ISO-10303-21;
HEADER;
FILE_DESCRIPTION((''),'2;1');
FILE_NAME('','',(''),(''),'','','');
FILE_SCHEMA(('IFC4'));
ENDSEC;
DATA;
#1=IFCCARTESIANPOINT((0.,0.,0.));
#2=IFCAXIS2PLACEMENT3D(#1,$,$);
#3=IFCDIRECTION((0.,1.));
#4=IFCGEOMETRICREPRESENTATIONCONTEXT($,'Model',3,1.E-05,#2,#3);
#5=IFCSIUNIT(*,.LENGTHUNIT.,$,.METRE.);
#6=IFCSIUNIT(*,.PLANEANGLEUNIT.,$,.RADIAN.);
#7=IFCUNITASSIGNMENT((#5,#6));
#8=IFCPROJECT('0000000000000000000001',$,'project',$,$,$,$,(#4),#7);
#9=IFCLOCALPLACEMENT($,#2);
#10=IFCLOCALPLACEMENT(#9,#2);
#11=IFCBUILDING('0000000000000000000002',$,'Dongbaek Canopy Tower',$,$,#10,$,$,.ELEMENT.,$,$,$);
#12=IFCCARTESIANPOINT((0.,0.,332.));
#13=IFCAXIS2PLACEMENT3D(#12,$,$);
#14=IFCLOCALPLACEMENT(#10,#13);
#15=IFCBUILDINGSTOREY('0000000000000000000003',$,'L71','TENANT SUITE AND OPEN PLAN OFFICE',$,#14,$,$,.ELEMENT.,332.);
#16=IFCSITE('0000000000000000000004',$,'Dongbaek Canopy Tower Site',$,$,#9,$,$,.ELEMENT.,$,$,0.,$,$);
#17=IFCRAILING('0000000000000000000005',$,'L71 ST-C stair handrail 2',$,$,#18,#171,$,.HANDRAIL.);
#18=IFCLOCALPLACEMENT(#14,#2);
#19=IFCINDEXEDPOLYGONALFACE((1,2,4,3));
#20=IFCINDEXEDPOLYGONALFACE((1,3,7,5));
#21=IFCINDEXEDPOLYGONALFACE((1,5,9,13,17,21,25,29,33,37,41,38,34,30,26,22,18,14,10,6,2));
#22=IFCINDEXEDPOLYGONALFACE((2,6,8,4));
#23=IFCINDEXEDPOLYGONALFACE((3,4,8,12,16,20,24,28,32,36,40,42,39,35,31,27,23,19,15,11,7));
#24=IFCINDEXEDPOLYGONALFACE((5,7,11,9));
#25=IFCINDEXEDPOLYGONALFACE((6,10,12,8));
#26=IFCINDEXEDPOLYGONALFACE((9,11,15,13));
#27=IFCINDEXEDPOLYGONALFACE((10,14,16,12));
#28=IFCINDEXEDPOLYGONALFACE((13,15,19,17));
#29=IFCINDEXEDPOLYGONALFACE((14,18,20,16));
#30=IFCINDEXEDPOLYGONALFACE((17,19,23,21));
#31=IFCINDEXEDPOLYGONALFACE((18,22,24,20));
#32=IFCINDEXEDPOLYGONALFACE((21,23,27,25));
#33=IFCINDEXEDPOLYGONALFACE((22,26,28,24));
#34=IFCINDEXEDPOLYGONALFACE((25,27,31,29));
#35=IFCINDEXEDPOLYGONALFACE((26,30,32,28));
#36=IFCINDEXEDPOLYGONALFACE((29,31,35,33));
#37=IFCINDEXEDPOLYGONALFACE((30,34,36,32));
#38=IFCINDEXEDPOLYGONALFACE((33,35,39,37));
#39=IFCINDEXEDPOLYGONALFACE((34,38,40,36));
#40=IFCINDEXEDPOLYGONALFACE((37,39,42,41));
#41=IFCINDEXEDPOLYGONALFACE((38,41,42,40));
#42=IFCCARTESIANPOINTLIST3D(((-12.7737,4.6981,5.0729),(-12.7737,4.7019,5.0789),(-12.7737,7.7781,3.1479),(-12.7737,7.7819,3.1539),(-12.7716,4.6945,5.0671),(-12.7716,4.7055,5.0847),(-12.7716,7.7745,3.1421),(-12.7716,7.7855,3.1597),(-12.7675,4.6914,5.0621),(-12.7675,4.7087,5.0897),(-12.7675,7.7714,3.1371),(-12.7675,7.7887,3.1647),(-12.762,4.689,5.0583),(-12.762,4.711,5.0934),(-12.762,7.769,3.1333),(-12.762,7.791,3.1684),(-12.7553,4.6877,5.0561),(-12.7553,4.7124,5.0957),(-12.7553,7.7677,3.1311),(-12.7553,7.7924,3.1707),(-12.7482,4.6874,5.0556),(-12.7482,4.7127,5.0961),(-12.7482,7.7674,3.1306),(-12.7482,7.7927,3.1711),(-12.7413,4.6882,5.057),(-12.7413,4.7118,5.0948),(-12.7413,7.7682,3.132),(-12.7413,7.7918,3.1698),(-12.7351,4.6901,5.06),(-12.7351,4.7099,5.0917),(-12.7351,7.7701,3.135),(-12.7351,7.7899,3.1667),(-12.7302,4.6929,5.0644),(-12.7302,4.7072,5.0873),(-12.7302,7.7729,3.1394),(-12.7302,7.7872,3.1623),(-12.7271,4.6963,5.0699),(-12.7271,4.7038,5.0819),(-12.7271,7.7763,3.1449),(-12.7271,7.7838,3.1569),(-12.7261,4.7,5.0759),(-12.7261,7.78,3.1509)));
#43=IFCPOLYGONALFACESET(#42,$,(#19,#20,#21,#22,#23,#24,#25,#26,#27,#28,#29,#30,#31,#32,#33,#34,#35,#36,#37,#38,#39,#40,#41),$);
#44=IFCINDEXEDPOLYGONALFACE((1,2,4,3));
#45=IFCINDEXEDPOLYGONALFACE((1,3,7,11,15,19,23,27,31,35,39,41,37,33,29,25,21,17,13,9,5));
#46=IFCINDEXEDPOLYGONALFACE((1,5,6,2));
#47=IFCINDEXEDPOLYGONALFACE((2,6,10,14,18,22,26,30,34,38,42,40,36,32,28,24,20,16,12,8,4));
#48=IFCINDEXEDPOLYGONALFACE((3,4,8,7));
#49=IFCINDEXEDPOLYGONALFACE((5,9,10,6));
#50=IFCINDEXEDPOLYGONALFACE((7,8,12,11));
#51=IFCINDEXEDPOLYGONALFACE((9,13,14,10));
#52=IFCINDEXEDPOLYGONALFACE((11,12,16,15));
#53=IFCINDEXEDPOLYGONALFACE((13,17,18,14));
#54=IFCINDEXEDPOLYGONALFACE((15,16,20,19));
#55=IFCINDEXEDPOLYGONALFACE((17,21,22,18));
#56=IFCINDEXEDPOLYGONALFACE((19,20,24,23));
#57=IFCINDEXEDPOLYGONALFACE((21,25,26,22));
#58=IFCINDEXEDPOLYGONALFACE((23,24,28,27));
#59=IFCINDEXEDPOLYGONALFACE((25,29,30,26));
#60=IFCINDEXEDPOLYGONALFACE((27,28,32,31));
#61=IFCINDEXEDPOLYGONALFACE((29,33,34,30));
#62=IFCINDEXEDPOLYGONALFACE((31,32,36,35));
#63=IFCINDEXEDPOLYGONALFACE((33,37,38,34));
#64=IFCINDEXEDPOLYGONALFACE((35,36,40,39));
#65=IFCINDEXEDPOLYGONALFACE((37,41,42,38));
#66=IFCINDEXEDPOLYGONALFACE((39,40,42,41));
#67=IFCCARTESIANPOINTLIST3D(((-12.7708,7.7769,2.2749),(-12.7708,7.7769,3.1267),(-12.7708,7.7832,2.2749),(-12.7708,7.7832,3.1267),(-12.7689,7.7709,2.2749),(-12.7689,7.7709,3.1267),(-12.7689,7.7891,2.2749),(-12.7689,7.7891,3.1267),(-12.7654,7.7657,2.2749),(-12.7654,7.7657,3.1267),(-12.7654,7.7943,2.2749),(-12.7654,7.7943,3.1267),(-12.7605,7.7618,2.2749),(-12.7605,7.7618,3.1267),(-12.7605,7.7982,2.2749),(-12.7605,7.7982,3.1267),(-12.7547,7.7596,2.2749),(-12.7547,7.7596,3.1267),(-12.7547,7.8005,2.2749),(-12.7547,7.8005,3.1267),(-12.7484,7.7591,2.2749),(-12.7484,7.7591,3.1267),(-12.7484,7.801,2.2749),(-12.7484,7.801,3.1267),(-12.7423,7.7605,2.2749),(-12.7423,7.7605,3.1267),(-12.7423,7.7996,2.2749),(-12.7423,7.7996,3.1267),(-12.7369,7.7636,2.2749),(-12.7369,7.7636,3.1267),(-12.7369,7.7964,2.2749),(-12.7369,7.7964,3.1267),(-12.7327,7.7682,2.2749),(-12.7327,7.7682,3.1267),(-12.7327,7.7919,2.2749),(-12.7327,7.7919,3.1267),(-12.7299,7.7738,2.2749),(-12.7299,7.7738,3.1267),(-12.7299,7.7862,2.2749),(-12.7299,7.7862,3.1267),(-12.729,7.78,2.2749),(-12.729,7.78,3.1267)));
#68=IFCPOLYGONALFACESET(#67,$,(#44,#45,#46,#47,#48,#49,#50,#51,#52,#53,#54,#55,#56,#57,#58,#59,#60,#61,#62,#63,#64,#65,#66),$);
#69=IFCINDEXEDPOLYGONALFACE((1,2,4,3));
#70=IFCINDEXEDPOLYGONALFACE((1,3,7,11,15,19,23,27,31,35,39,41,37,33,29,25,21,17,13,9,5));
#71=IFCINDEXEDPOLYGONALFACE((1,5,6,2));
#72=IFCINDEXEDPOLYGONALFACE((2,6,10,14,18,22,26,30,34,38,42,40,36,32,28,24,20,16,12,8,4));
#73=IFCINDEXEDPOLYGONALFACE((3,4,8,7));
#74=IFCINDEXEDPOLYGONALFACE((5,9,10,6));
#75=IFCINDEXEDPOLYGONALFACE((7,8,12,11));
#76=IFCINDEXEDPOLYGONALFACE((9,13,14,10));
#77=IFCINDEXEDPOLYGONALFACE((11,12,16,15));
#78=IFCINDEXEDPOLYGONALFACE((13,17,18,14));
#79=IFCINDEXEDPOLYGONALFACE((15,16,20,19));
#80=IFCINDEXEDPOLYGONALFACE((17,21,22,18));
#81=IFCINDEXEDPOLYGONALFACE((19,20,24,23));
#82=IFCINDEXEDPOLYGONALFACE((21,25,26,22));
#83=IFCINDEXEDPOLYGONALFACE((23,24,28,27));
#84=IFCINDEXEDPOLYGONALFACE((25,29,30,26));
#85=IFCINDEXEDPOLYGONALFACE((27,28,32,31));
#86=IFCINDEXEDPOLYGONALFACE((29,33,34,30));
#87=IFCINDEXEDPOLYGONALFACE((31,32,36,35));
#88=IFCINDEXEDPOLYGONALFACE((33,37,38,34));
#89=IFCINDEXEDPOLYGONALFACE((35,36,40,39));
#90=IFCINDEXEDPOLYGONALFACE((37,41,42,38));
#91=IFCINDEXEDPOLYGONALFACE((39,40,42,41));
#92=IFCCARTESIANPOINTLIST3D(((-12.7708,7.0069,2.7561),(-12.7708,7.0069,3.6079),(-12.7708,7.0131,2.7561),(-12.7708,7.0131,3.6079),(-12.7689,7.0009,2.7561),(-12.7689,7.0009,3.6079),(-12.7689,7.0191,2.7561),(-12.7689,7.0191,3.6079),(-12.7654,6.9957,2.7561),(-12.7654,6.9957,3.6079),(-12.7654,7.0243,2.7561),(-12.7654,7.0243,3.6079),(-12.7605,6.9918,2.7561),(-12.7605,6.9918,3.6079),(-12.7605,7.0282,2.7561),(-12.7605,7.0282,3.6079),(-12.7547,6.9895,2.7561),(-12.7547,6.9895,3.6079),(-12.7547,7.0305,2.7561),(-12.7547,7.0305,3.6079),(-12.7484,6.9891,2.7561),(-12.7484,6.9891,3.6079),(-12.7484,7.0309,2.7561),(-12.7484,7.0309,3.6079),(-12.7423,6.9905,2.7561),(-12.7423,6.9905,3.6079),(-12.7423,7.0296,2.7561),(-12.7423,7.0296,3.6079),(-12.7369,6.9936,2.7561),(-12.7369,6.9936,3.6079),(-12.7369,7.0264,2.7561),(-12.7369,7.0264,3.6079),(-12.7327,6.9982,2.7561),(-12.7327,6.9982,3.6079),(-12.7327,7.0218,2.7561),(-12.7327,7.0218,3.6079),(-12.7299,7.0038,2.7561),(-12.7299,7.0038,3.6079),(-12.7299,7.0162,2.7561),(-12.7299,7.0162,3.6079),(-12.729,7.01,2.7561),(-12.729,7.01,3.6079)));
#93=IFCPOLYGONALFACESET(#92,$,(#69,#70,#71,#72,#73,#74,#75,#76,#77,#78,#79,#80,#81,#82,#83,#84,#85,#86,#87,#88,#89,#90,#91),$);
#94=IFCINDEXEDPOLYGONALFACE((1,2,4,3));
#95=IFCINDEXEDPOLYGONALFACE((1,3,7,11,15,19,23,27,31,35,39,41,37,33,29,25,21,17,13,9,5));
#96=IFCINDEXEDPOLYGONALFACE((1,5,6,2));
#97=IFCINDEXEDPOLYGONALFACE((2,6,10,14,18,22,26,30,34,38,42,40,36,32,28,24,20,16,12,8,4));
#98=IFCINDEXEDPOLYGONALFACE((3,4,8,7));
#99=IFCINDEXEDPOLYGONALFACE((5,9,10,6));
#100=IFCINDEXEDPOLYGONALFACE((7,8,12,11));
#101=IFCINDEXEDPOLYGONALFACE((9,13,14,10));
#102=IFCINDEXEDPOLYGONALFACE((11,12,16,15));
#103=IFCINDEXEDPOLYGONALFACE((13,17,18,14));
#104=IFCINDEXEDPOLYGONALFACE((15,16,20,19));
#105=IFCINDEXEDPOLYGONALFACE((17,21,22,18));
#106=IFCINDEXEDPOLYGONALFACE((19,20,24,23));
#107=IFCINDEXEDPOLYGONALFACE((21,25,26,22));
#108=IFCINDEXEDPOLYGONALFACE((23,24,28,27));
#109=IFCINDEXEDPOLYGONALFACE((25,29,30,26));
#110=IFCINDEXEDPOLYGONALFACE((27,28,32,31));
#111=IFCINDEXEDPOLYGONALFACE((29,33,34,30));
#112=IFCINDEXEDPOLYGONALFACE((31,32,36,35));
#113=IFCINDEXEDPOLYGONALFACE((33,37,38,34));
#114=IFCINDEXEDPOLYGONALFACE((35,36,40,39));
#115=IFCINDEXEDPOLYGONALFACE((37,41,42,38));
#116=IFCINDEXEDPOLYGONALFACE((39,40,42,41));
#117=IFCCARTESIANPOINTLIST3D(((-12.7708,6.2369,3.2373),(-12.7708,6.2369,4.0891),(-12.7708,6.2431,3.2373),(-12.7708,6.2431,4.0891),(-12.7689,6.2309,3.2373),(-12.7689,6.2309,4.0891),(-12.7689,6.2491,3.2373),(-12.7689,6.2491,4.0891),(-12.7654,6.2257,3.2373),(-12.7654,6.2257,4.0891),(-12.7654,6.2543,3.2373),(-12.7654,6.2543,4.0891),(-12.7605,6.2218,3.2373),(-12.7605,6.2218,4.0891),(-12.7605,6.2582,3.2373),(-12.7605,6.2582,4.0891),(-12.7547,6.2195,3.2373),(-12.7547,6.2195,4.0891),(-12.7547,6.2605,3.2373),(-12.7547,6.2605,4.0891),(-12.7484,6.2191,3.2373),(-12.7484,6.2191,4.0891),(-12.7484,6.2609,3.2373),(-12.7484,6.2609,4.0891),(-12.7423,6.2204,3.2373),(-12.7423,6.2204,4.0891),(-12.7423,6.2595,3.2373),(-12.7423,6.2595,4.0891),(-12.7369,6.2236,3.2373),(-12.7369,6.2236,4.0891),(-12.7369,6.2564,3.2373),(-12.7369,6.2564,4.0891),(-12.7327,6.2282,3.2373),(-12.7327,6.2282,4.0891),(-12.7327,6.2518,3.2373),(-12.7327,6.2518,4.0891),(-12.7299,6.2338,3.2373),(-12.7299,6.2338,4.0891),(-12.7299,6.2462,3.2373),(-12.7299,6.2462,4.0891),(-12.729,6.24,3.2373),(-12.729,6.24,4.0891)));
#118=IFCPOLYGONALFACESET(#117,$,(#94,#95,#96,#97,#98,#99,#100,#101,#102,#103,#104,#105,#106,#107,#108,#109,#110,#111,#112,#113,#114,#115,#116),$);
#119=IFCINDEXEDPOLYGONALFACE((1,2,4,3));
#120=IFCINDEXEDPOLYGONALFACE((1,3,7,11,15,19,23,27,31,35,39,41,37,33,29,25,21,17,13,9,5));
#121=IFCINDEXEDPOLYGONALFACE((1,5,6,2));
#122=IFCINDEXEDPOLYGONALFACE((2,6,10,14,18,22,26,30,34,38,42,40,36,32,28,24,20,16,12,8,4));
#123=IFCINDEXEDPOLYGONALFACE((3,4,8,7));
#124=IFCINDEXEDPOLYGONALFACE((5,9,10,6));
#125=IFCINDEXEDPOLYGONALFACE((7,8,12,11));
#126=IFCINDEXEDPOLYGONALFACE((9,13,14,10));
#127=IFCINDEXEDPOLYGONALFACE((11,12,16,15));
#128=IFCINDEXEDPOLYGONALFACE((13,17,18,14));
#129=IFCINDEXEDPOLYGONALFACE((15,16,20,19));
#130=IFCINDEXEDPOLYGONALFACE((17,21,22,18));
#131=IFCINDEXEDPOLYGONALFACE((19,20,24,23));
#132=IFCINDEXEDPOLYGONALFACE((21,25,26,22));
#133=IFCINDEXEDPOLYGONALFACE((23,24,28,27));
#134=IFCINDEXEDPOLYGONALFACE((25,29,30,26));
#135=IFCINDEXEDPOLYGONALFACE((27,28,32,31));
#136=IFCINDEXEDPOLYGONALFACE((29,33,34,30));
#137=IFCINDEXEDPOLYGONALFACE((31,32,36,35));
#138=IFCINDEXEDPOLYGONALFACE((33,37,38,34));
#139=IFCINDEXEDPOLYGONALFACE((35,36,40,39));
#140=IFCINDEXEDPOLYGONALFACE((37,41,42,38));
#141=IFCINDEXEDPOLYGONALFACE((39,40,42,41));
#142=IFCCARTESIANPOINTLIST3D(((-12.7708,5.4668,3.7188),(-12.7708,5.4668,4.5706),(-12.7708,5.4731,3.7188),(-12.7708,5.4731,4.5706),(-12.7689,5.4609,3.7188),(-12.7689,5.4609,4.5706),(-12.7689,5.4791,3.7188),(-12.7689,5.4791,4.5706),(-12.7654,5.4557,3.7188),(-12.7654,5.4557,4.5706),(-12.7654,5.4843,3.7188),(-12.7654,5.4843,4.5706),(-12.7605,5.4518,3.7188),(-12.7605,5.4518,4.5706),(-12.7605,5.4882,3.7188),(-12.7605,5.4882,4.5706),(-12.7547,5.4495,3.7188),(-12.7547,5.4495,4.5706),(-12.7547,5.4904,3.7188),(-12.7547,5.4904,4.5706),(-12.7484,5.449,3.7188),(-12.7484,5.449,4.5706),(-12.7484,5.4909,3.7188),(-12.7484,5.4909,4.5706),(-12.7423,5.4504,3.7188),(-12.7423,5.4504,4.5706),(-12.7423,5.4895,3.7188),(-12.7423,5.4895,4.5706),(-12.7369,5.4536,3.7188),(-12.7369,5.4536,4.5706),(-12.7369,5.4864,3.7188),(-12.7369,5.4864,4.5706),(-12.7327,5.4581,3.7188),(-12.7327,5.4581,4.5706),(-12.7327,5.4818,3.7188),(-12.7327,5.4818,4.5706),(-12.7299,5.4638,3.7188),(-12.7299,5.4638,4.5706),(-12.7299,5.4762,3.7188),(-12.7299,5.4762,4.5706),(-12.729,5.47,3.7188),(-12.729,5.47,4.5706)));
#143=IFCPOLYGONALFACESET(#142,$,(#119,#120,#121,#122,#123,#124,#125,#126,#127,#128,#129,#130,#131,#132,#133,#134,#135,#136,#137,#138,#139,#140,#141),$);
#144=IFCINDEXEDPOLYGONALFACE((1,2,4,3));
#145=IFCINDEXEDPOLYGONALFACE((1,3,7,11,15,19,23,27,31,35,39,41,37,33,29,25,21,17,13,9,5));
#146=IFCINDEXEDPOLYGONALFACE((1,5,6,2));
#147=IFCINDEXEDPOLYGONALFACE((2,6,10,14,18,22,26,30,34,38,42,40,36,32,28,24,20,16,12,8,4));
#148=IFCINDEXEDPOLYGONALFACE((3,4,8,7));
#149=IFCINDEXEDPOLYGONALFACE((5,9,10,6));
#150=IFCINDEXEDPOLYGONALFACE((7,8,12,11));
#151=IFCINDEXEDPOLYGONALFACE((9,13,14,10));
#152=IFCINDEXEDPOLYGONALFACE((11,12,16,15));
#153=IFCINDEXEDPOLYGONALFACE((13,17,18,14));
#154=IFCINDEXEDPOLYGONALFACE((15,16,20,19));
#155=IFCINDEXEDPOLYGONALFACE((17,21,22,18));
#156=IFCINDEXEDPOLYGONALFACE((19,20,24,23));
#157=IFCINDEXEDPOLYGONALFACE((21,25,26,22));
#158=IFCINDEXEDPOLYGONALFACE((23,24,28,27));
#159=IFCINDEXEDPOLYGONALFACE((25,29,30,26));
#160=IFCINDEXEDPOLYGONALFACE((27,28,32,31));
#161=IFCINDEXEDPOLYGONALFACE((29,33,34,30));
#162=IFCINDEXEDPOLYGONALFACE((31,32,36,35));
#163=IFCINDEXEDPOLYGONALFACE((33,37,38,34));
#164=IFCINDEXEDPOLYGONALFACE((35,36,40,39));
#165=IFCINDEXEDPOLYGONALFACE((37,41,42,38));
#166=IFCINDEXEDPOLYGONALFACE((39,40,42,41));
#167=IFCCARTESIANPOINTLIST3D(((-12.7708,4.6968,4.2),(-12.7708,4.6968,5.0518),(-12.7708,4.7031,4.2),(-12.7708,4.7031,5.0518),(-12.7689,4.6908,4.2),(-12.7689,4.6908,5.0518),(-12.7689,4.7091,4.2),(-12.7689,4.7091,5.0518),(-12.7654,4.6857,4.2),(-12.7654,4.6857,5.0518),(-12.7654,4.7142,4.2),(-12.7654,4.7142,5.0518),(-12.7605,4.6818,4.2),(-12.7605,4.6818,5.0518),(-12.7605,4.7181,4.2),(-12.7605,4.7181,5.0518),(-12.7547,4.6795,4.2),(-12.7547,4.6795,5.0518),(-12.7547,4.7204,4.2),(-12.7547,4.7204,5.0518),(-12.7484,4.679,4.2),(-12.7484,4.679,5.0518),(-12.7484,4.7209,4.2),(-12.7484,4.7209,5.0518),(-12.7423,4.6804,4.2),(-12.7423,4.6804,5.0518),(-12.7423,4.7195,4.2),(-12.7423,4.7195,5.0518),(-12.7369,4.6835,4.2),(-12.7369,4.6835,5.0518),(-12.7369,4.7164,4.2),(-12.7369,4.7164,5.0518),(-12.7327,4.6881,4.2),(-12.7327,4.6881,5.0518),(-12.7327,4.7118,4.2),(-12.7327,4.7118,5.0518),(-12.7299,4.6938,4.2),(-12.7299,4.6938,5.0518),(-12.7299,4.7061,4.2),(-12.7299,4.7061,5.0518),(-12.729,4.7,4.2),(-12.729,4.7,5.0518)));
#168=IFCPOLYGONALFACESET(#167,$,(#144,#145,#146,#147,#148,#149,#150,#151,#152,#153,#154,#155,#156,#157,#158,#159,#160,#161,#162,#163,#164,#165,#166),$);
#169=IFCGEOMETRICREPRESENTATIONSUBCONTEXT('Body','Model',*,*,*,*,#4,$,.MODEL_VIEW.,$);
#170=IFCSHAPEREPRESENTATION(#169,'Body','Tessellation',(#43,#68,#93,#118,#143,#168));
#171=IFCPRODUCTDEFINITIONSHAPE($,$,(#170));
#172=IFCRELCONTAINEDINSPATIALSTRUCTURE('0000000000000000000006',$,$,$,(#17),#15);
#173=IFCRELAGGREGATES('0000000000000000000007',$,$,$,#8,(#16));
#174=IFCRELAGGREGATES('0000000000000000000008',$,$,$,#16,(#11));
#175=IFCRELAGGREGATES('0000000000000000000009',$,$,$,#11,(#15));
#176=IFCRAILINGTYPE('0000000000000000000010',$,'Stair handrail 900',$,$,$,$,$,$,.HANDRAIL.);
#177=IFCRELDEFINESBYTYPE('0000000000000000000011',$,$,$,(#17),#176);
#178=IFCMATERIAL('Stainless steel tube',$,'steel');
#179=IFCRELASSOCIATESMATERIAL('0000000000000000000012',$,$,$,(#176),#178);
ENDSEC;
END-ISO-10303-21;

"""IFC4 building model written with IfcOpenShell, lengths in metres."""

from ifc_helpers import new_model, si_unit, direction, frame, origin, origin_2d, place, context, subcontext, project, spatial, circle, extrude, material, type_object, element, save


model = new_model("IFC4")

# Units and contexts
model_context = context("Model", 3, precision=1e-05, world=origin(), true_north=direction((0.0, 1.0)))
body_context = subcontext(model_context, "Body", "Model", "MODEL_VIEW")
ifc_project = project(units=[si_unit("LENGTHUNIT", "METRE"), si_unit("PLANEANGLEUNIT", "RADIAN")], contexts=[model_context])

# Site, building, storey
site_placement = place(None, origin())
site = spatial("IfcSite", under=ifc_project, at=site_placement, Name="Dongbaek Canopy Tower Site", CompositionType="ELEMENT", RefElevation=0.0)
building_placement = place(site_placement, origin())
building = spatial("IfcBuilding", under=site, at=building_placement, Name="Dongbaek Canopy Tower", CompositionType="ELEMENT")
storey_placement = place(building_placement, frame((0.0, 0.0, 332.0)))
storey = spatial("IfcBuildingStorey", under=building, at=storey_placement, Name="L71", Description="TENANT SUITE AND OPEN PLAN OFFICE", CompositionType="ELEMENT", Elevation=332.0)

# Railing
ifc_material_1 = material(Name="Stainless steel tube", Category="steel")
railing_type_1 = type_object("IfcRailingType", Name="Stair handrail 900", PredefinedType="HANDRAIL", material=ifc_material_1)
railing_1_placement = place(storey_placement, frame((-12.75, 7.78, 2.2749)))
element("IfcRailing", 1, at=railing_1_placement, inside=storey, type_object=railing_type_1, Name="L71 ST-C stair handrail 2", PredefinedType="HANDRAIL", context=body_context, shape_type="SweptSolid", body=[
    extrude(circle(Radius=0.0239, at=origin_2d()), frame((0.0, 0.0, 0.876), z_axis=(0.0, -0.847998, 0.529999), x_axis=(1.0, 0.0, 0.0)), (0.0, 0.0, 1.0), 3.6321),
    extrude(circle(Radius=0.021, at=origin_2d()), origin(), (0.0, 0.0, 1.0), 0.8518),
    extrude(circle(Radius=0.021, at=origin_2d()), frame((0.0, -0.77, 0.4812)), (0.0, 0.0, 1.0), 0.8518),
    extrude(circle(Radius=0.021, at=origin_2d()), frame((0.0, -1.54, 0.9624)), (0.0, 0.0, 1.0), 0.8518),
    extrude(circle(Radius=0.021, at=origin_2d()), frame((0.0, -2.3101, 1.4438)), (0.0, 0.0, 1.0), 0.8518),
    extrude(circle(Radius=0.021, at=origin_2d()), frame((0.0, -3.0801, 1.925)), (0.0, 0.0, 1.0), 0.8518),
])

save(model, "model.ifc")
